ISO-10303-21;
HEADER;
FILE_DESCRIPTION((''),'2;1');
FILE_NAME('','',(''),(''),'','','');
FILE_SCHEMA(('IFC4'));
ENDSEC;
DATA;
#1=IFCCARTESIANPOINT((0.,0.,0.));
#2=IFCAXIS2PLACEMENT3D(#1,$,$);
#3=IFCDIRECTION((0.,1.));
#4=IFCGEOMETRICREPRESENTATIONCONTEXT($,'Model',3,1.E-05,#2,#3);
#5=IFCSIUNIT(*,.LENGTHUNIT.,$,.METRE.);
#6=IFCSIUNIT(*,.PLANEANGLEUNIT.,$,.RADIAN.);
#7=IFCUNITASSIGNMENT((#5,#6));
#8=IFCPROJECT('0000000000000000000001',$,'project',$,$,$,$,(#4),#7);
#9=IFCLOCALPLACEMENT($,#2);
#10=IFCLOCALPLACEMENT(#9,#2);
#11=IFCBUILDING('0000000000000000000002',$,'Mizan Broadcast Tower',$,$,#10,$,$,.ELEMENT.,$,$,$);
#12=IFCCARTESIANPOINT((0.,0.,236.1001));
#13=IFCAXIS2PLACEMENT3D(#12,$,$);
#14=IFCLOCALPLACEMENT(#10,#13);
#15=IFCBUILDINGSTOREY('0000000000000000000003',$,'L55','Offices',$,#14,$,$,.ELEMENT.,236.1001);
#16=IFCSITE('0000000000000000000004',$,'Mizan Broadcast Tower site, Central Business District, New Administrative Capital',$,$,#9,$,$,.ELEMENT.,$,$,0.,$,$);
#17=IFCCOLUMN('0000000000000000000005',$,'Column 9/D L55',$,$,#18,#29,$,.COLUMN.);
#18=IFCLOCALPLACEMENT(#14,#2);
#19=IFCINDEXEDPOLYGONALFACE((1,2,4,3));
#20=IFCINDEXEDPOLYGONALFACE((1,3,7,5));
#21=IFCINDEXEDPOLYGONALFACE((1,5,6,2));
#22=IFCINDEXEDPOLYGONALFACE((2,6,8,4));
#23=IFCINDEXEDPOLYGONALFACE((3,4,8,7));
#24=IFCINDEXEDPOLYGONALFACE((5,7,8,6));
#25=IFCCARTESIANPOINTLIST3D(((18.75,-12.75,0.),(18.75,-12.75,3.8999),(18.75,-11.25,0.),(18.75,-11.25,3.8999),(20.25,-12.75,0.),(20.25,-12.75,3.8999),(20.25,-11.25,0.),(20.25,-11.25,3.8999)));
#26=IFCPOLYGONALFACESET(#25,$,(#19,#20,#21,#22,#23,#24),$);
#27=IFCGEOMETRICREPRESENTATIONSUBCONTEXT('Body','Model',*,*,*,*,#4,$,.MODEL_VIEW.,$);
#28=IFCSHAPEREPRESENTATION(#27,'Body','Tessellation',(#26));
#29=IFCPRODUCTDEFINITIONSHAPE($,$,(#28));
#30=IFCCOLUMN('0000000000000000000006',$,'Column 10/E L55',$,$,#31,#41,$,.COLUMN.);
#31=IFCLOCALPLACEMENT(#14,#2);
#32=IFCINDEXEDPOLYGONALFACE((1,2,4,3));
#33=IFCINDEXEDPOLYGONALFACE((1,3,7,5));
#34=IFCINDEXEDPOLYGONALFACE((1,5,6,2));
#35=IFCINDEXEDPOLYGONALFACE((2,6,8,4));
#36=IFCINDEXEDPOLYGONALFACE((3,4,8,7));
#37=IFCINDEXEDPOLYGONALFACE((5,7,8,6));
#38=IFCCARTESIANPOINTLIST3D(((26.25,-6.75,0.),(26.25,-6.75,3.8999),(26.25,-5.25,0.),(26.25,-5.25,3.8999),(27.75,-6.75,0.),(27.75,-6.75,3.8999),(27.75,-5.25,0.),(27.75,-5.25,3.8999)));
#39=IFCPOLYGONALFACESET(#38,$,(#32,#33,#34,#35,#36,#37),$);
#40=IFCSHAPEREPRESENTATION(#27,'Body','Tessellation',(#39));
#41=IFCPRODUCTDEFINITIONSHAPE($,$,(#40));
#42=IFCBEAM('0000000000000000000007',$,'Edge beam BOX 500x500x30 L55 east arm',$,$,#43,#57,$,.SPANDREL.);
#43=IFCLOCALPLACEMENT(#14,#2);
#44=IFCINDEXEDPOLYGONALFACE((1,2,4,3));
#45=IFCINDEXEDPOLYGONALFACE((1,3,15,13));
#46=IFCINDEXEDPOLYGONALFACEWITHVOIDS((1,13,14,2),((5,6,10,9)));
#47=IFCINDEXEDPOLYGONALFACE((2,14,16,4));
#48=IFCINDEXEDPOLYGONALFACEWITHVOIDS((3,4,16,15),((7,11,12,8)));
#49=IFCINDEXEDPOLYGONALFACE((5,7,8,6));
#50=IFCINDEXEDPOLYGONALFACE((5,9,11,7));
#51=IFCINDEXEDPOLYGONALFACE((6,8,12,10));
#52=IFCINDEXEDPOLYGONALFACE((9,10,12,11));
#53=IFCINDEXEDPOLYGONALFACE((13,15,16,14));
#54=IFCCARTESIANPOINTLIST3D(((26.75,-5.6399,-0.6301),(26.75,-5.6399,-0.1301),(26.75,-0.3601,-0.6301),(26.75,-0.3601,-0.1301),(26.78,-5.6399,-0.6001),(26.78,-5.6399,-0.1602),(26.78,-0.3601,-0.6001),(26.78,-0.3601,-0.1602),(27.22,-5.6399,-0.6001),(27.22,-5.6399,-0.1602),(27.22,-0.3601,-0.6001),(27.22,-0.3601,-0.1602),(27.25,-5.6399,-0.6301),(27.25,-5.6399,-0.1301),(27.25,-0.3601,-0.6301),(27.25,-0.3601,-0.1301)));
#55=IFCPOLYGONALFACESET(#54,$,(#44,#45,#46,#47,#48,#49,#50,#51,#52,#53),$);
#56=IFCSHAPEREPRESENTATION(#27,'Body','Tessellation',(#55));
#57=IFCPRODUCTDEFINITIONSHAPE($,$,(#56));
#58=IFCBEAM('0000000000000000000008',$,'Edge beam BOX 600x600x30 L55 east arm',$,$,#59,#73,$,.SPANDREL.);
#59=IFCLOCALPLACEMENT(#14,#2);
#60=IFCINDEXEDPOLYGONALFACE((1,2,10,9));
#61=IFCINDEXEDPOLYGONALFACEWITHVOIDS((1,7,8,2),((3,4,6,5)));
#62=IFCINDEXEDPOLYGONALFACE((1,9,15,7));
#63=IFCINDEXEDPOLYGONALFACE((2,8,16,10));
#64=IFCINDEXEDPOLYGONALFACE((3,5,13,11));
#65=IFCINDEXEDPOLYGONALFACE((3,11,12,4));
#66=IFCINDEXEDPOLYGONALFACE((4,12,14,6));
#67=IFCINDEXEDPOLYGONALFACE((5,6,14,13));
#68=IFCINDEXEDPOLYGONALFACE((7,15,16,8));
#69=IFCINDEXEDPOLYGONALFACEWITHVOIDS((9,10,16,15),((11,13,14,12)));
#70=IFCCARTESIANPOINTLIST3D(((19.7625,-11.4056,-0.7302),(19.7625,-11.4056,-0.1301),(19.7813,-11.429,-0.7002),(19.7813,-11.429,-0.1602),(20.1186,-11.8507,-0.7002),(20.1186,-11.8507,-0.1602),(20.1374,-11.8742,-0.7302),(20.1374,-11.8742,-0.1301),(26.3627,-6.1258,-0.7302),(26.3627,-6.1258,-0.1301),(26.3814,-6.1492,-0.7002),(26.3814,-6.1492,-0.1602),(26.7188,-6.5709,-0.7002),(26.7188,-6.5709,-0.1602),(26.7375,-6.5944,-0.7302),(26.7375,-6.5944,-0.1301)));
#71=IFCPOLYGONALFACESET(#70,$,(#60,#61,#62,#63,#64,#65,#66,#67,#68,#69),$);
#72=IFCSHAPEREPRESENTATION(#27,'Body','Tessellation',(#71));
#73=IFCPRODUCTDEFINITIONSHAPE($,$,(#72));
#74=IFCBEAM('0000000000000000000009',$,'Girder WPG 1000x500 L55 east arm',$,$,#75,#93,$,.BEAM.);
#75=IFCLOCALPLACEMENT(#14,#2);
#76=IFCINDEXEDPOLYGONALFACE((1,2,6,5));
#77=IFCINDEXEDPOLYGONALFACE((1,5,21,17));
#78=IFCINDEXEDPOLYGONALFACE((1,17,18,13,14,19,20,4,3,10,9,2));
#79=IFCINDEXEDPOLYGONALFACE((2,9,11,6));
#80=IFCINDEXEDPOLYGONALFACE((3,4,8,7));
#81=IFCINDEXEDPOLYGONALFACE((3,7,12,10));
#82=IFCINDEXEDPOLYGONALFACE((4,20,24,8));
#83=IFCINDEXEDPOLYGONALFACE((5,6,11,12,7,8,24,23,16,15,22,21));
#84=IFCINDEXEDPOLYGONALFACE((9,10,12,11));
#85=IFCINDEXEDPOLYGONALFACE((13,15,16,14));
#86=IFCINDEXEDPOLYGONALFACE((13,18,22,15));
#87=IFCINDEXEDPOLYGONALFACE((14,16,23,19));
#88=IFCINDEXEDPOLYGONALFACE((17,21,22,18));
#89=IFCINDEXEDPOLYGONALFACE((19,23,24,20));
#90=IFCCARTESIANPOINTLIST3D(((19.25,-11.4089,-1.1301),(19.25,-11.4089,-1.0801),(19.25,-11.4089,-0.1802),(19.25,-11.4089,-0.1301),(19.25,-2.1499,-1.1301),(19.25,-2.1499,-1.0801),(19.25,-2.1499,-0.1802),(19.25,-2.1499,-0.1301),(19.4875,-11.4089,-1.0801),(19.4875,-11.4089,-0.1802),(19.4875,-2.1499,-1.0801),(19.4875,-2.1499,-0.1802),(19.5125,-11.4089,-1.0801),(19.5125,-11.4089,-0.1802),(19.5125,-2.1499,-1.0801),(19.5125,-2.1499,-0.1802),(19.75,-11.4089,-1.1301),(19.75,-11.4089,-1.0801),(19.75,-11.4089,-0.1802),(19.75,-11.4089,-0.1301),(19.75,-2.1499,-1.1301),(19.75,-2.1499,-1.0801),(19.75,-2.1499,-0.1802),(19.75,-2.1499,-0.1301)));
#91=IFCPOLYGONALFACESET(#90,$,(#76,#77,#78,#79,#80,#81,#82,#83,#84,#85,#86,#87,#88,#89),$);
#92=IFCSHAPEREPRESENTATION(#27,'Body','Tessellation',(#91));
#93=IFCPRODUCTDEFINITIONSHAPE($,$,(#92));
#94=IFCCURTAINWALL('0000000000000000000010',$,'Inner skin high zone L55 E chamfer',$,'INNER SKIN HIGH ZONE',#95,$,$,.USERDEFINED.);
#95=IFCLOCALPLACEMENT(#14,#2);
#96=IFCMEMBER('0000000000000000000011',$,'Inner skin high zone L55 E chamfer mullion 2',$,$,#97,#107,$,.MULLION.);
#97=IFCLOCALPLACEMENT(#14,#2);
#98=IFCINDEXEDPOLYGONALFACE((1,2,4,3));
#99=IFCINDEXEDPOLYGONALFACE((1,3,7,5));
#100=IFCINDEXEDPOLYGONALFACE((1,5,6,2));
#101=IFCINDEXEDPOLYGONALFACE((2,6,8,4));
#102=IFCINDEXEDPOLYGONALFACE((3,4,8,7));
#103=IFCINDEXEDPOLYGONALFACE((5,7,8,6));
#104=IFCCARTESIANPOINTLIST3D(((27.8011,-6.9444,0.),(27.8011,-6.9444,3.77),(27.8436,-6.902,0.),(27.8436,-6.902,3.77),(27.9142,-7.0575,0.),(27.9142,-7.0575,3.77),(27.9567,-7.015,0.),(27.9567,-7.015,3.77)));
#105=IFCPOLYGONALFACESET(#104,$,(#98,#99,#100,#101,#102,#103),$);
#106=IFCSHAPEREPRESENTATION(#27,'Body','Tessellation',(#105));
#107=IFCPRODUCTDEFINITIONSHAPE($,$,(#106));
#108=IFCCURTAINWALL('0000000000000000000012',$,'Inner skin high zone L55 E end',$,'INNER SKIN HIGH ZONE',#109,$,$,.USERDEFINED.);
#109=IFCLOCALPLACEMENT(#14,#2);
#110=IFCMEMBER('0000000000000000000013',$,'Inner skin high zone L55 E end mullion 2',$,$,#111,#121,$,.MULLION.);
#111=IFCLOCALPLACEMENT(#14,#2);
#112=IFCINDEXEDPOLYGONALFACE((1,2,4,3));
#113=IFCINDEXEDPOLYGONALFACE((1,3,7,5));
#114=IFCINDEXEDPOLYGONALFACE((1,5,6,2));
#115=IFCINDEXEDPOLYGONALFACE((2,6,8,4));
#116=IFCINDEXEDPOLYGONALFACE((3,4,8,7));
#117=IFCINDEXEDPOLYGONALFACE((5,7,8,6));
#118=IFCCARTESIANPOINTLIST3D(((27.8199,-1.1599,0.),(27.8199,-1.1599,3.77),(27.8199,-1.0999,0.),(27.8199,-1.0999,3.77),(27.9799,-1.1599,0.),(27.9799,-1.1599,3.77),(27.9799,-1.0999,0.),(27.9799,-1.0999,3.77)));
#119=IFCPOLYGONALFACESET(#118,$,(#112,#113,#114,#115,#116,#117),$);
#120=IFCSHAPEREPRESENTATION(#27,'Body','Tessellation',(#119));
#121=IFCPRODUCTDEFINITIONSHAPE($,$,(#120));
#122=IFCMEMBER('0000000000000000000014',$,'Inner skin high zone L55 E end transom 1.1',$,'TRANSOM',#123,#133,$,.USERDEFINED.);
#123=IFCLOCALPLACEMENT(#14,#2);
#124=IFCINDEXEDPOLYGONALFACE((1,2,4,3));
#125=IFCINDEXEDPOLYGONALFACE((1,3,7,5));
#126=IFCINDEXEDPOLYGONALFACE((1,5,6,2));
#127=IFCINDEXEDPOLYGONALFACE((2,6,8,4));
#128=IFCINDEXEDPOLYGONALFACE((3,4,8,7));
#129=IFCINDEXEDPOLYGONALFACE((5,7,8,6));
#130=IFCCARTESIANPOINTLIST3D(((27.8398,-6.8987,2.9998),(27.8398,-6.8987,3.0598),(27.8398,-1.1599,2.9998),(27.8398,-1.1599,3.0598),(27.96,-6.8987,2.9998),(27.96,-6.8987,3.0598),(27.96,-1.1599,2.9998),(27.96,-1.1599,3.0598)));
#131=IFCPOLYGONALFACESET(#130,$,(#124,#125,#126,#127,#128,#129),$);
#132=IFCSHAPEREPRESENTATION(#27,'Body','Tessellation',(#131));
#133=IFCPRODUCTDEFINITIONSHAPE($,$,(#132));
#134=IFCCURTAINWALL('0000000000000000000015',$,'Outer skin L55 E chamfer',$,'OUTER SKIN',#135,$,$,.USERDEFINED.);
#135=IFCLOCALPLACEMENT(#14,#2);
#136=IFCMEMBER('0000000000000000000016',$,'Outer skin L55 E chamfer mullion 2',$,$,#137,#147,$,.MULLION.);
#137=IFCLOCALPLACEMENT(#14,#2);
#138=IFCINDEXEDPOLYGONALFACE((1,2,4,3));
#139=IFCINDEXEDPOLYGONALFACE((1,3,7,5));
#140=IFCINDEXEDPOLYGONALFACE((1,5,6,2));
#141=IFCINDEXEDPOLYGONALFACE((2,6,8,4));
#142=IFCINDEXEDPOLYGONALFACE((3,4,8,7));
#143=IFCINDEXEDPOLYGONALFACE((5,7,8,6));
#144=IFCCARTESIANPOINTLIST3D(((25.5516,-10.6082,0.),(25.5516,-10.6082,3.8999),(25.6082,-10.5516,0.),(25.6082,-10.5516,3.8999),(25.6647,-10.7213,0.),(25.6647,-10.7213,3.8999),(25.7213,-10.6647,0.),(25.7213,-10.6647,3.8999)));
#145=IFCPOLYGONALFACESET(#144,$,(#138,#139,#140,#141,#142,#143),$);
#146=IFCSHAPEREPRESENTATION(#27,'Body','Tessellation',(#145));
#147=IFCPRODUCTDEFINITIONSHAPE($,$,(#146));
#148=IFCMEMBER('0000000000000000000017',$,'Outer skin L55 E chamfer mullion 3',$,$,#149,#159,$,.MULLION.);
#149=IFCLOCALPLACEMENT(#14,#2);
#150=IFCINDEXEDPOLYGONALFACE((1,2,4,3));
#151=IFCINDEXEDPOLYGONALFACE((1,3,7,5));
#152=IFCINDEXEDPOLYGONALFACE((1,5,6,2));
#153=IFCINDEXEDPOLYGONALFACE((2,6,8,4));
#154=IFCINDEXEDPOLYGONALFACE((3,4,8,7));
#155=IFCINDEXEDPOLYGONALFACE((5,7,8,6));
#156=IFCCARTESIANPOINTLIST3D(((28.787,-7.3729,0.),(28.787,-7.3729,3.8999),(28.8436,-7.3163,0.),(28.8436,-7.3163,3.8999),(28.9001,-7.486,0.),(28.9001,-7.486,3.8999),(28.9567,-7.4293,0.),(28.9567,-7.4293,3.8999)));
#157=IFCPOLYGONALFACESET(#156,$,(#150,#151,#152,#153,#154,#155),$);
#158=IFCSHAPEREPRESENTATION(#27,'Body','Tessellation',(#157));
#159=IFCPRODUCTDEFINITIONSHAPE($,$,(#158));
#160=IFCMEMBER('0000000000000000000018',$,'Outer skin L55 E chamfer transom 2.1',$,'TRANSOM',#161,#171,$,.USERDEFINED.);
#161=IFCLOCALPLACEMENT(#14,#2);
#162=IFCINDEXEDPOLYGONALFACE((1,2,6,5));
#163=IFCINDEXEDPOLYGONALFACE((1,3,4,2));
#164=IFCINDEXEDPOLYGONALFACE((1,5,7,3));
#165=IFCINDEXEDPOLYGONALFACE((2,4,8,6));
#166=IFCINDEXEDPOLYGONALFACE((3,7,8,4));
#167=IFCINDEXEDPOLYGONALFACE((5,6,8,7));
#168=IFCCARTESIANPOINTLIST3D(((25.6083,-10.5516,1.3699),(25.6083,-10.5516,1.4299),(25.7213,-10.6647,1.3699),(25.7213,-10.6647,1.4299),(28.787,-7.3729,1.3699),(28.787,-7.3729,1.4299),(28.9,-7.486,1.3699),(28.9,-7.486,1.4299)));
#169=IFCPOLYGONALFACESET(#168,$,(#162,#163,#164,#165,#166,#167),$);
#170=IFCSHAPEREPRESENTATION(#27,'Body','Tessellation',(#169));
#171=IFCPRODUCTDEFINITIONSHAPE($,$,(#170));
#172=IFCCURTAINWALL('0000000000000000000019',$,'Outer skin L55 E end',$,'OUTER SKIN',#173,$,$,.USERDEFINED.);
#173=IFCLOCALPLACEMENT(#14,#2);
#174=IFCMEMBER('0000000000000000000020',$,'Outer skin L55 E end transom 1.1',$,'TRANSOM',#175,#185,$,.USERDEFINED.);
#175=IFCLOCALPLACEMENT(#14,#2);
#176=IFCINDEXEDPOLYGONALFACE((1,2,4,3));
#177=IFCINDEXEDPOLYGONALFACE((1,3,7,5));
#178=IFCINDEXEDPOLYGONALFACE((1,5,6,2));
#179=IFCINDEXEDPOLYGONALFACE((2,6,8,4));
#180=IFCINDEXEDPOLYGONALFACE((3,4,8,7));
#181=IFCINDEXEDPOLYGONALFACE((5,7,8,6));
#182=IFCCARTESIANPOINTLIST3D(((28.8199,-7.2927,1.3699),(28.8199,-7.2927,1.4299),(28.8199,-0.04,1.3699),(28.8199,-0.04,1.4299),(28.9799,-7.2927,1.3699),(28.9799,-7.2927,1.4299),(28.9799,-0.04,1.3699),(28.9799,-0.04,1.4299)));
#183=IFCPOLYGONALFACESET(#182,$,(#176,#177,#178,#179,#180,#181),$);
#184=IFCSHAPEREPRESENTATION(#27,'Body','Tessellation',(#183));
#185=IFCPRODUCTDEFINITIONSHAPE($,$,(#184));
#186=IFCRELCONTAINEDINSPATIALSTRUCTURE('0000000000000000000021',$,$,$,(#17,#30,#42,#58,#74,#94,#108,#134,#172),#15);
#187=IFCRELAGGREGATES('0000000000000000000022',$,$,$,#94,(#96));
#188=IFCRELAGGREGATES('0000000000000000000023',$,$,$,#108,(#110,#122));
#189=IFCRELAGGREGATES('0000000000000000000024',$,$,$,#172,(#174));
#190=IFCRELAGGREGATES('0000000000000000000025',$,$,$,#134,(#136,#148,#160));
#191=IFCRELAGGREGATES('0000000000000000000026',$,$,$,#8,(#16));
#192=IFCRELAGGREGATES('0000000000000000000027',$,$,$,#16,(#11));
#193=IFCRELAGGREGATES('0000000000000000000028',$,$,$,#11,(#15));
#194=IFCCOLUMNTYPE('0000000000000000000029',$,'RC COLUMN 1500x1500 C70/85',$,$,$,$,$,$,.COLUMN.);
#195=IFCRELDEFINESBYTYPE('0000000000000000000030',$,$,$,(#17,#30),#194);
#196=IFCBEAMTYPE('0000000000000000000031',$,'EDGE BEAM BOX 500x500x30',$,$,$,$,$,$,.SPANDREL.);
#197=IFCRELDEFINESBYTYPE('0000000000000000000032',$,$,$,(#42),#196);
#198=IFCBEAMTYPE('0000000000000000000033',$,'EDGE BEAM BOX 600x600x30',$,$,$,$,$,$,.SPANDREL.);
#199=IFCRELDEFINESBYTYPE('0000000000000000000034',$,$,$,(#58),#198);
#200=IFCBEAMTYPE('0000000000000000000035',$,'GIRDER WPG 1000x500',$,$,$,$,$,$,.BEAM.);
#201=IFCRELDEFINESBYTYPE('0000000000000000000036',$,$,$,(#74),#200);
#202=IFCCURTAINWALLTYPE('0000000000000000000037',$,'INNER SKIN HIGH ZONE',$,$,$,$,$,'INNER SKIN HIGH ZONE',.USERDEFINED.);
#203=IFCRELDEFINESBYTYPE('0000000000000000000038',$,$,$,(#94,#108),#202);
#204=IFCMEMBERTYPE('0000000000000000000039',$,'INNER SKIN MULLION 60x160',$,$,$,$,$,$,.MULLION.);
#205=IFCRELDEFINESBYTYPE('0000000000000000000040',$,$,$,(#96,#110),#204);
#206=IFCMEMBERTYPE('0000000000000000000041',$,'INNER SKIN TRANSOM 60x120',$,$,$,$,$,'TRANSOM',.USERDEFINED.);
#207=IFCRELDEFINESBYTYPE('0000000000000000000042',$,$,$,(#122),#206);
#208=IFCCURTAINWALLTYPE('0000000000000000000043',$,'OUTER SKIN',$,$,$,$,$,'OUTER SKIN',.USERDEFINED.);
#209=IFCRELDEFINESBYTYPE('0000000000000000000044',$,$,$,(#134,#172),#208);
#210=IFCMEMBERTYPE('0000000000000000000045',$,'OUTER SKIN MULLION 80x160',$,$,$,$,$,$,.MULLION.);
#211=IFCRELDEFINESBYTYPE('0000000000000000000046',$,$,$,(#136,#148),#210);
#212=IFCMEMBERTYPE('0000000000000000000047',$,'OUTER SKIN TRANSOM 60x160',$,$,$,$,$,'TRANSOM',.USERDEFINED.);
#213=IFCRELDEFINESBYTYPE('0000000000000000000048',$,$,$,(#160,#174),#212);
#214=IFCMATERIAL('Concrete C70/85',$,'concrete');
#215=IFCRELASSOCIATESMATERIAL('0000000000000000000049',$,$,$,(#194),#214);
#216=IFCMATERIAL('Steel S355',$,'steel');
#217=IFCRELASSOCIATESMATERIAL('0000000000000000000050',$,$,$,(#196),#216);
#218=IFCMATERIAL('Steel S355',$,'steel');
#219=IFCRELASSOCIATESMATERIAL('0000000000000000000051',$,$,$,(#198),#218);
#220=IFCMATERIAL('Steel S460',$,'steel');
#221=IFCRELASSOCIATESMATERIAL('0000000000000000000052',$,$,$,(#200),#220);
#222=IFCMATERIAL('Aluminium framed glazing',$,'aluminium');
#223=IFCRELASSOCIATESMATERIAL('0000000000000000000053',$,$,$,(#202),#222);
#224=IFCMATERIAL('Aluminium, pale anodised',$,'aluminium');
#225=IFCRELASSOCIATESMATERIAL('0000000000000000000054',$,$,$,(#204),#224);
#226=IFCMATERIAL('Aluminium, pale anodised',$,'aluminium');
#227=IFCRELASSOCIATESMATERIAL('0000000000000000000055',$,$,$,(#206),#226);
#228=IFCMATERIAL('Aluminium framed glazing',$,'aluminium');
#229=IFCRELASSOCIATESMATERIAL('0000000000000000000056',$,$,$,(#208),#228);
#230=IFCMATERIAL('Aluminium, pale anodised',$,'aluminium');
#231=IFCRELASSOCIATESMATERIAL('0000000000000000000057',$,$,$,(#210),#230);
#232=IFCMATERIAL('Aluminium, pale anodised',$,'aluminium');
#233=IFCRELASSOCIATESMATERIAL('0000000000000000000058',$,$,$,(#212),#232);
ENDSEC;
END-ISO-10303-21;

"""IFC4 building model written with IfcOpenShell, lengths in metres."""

from ifc_helpers import new_model, si_unit, direction, frame, origin, origin_2d, place, context, subcontext, project, spatial, rectangle, hollow_rectangle, i_section, extrude, material, material_profile, profile_set, type_object, element, aggregate, save


model = new_model("IFC4")

# Units and contexts
model_context = context("Model", 3, precision=1e-05, world=origin(), true_north=direction((0.0, 1.0)))
body_context = subcontext(model_context, "Body", "Model", "MODEL_VIEW")
ifc_project = project(units=[si_unit("LENGTHUNIT", "METRE"), si_unit("PLANEANGLEUNIT", "RADIAN")], contexts=[model_context])

# Site, building, storey
site_placement = place(None, origin())
site = spatial("IfcSite", under=ifc_project, at=site_placement, Name="Mizan Broadcast Tower site, Central Business District, New Administrative Capital", CompositionType="ELEMENT", RefElevation=0.0)
building_placement = place(site_placement, origin())
building = spatial("IfcBuilding", under=site, at=building_placement, Name="Mizan Broadcast Tower", CompositionType="ELEMENT")
storey_placement = place(building_placement, frame((0.0, 0.0, 236.1001)))
storey = spatial("IfcBuildingStorey", under=building, at=storey_placement, Name="L55", Description="Offices", CompositionType="ELEMENT", Elevation=236.1001)

# Columns
ifc_material_1 = material(Name="Concrete C70/85", Category="concrete")
ifc_material_profile_1 = material_profile(ifc_material_1, rectangle(XDim=1.5, YDim=1.5, at=origin_2d()), Name="RC 1500x1500")
ifc_profile_set_1 = profile_set([ifc_material_profile_1], Name="Concrete C70/85")
column_type = type_object("IfcColumnType", Name="RC COLUMN 1500x1500 C70/85", PredefinedType="COLUMN", material=ifc_profile_set_1)
for number, where, z_axis, x_axis, name in (
    (1, (19.5, -12.0, 0.0), (0.0, 0.0, 1.0), (1.0, 0.0, 0.0), "Column 9/D L55"),
    (2, (27.0, -6.0, 0.0), (0.0, 0.0, 1.0), (1.0, 0.0, 0.0), "Column 10/E L55"),
):
    element("IfcColumn", number, at=place(storey_placement, frame(where, z_axis=z_axis, x_axis=x_axis)), inside=storey, type_object=column_type, Name=name, PredefinedType="COLUMN", context=body_context, shape_type="SweptSolid", body=[
        extrude(rectangle(XDim=1.5, YDim=1.5, at=origin_2d()), origin(), (0.0, 0.0, 1.0), 3.8999),
    ])

# Beams
ifc_material_2 = material(Name="Steel S355", Category="steel")
ifc_material_profile_2 = material_profile(ifc_material_2, hollow_rectangle(XDim=0.5, YDim=0.5, WallThickness=0.03, at=origin_2d()), Name="BOX 500x500x30")
ifc_profile_set_2 = profile_set([ifc_material_profile_2], Name="Steel S355")
beam_type_1 = type_object("IfcBeamType", Name="EDGE BEAM BOX 500x500x30", PredefinedType="SPANDREL", material=ifc_profile_set_2)
beam_1_placement = place(storey_placement, frame((27.0, -5.6399, -0.3801), z_axis=(0.0, 1.0, 0.0), x_axis=(-1.0, 0.0, 0.0)))
element("IfcBeam", 3, at=beam_1_placement, inside=storey, type_object=beam_type_1, Name="Edge beam BOX 500x500x30 L55 east arm", PredefinedType="SPANDREL", context=body_context, shape_type="SweptSolid", body=[
    extrude(hollow_rectangle(XDim=0.5, YDim=0.5, WallThickness=0.03, at=origin_2d()), origin(), (0.0, 0.0, 1.0), 5.2798),
])
ifc_material_3 = material(Name="Steel S355", Category="steel")
ifc_material_profile_3 = material_profile(ifc_material_3, hollow_rectangle(XDim=0.6001, YDim=0.6001, WallThickness=0.03, at=origin_2d()), Name="BOX 600x600x30")
ifc_profile_set_3 = profile_set([ifc_material_profile_3], Name="Steel S355")
beam_type_2 = type_object("IfcBeamType", Name="EDGE BEAM BOX 600x600x30", PredefinedType="SPANDREL", material=ifc_profile_set_3)
beam_2_placement = place(storey_placement, frame((19.95, -11.6399, -0.4302), z_axis=(0.780886, 0.624674, 0.0), x_axis=(-0.624674, 0.780886, 0.0)))
element("IfcBeam", 4, at=beam_2_placement, inside=storey, type_object=beam_type_2, Name="Edge beam BOX 600x600x30 L55 east arm", PredefinedType="SPANDREL", context=body_context, shape_type="SweptSolid", body=[
    extrude(hollow_rectangle(XDim=0.6001, YDim=0.6001, WallThickness=0.03, at=origin_2d()), origin(), (0.0, 0.0, 1.0), 8.4521),
])
ifc_material_4 = material(Name="Steel S460", Category="steel")
ifc_material_profile_4 = material_profile(ifc_material_4, i_section(OverallWidth=0.5, OverallDepth=1.0, WebThickness=0.0249, FlangeThickness=0.05, at=origin_2d()), Name="WPG 1000x500")
ifc_profile_set_4 = profile_set([ifc_material_profile_4], Name="Steel S460")
beam_type_3 = type_object("IfcBeamType", Name="GIRDER WPG 1000x500", PredefinedType="BEAM", material=ifc_profile_set_4)
beam_3_placement = place(storey_placement, frame((19.5, -11.4089, -0.6301), z_axis=(0.0, 1.0, 0.0), x_axis=(-1.0, 0.0, 0.0)))
element("IfcBeam", 5, at=beam_3_placement, inside=storey, type_object=beam_type_3, Name="Girder WPG 1000x500 L55 east arm", PredefinedType="BEAM", context=body_context, shape_type="SweptSolid", body=[
    extrude(i_section(OverallWidth=0.5, OverallDepth=1.0, WebThickness=0.0249, FlangeThickness=0.05, at=origin_2d()), origin(), (0.0, 0.0, 1.0), 9.259),
])

# Curtain wall, member
ifc_material_5 = material(Name="Aluminium framed glazing", Category="aluminium")
curtain_wall_type_1 = type_object("IfcCurtainWallType", Name="INNER SKIN HIGH ZONE", ElementType="INNER SKIN HIGH ZONE", PredefinedType="USERDEFINED", material=ifc_material_5)
curtain_wall_1_placement = place(storey_placement, origin())
curtain_wall_1 = element("IfcCurtainWall", 6, at=curtain_wall_1_placement, inside=storey, type_object=curtain_wall_type_1, Name="Inner skin high zone L55 E chamfer", ObjectType="INNER SKIN HIGH ZONE", PredefinedType="USERDEFINED")
ifc_material_6 = material(Name="Aluminium, pale anodised", Category="aluminium")
ifc_material_profile_5 = material_profile(ifc_material_6, rectangle(XDim=0.1599, YDim=0.0601, at=origin_2d()), Name="MULLION 160x60")
ifc_profile_set_5 = profile_set([ifc_material_profile_5], Name="Aluminium, pale anodised")
member_type_1 = type_object("IfcMemberType", Name="INNER SKIN MULLION 60x160", PredefinedType="MULLION", material=ifc_profile_set_5)
member_1_placement = place(storey_placement, frame((27.8789, -6.9797, 0.0), z_axis=(0.0, 0.0, 1.0), x_axis=(-0.707107, 0.707107, 0.0)))
member_1 = element("IfcMember", 7, at=member_1_placement, type_object=member_type_1, Name="Inner skin high zone L55 E chamfer mullion 2", PredefinedType="MULLION", context=body_context, shape_type="SweptSolid", body=[
    extrude(rectangle(XDim=0.1599, YDim=0.0601, at=origin_2d()), origin(), (0.0, 0.0, 1.0), 3.77),
])

# Curtain walls, members
curtain_wall_2_placement = place(storey_placement, origin())
curtain_wall_2 = element("IfcCurtainWall", 8, at=curtain_wall_2_placement, inside=storey, type_object=curtain_wall_type_1, Name="Inner skin high zone L55 E end", ObjectType="INNER SKIN HIGH ZONE", PredefinedType="USERDEFINED")
member_2_placement = place(storey_placement, frame((27.8999, -1.1299, 0.0), z_axis=(0.0, 0.0, 1.0), x_axis=(-1.0, 0.0, 0.0)))
member_2 = element("IfcMember", 9, at=member_2_placement, type_object=member_type_1, Name="Inner skin high zone L55 E end mullion 2", PredefinedType="MULLION", context=body_context, shape_type="SweptSolid", body=[
    extrude(rectangle(XDim=0.1599, YDim=0.0601, at=origin_2d()), origin(), (0.0, 0.0, 1.0), 3.77),
])
ifc_material_7 = material(Name="Aluminium, pale anodised", Category="aluminium")
ifc_material_profile_6 = material_profile(ifc_material_7, rectangle(XDim=0.1201, YDim=0.0601, at=origin_2d()), Name="TRANSOM 120x60")
ifc_profile_set_6 = profile_set([ifc_material_profile_6], Name="Aluminium, pale anodised")
member_type_2 = type_object("IfcMemberType", Name="INNER SKIN TRANSOM 60x120", ElementType="TRANSOM", PredefinedType="USERDEFINED", material=ifc_profile_set_6)
member_3_placement = place(storey_placement, frame((27.8999, -6.8987, 3.0298), z_axis=(0.0, 1.0, 0.0), x_axis=(-1.0, 0.0, 0.0)))
member_3 = element("IfcMember", 10, at=member_3_placement, type_object=member_type_2, Name="Inner skin high zone L55 E end transom 1.1", ObjectType="TRANSOM", PredefinedType="USERDEFINED", context=body_context, shape_type="SweptSolid", body=[
    extrude(rectangle(XDim=0.1201, YDim=0.0601, at=origin_2d()), origin(), (0.0, 0.0, 1.0), 5.7388),
])
ifc_material_8 = material(Name="Aluminium framed glazing", Category="aluminium")
curtain_wall_type_2 = type_object("IfcCurtainWallType", Name="OUTER SKIN", ElementType="OUTER SKIN", PredefinedType="USERDEFINED", material=ifc_material_8)
curtain_wall_3_placement = place(storey_placement, origin())
curtain_wall_3 = element("IfcCurtainWall", 11, at=curtain_wall_3_placement, inside=storey, type_object=curtain_wall_type_2, Name="Outer skin L55 E chamfer", ObjectType="OUTER SKIN", PredefinedType="USERDEFINED")
ifc_material_9 = material(Name="Aluminium, pale anodised", Category="aluminium")
ifc_material_profile_7 = material_profile(ifc_material_9, rectangle(XDim=0.1599, YDim=0.0801, at=origin_2d()), Name="MULLION 160x80")
ifc_profile_set_7 = profile_set([ifc_material_profile_7], Name="Aluminium, pale anodised")
member_type_3 = type_object("IfcMemberType", Name="OUTER SKIN MULLION 80x160", PredefinedType="MULLION", material=ifc_profile_set_7)
member_4_placement = place(storey_placement, frame((25.6365, -10.6365, 0.0), z_axis=(0.0, 0.0, 1.0), x_axis=(-0.707107, 0.707107, 0.0)))
member_4 = element("IfcMember", 12, at=member_4_placement, type_object=member_type_3, Name="Outer skin L55 E chamfer mullion 2", PredefinedType="MULLION", context=body_context, shape_type="SweptSolid", body=[
    extrude(rectangle(XDim=0.1599, YDim=0.0801, at=origin_2d()), origin(), (0.0, 0.0, 1.0), 3.8999),
])
member_5_placement = place(storey_placement, frame((28.8718, -7.4011, 0.0), z_axis=(0.0, 0.0, 1.0), x_axis=(-0.707107, 0.707107, 0.0)))
member_5 = element("IfcMember", 13, at=member_5_placement, type_object=member_type_3, Name="Outer skin L55 E chamfer mullion 3", PredefinedType="MULLION", context=body_context, shape_type="SweptSolid", body=[
    extrude(rectangle(XDim=0.1599, YDim=0.0801, at=origin_2d()), origin(), (0.0, 0.0, 1.0), 3.8999),
])
ifc_material_10 = material(Name="Aluminium, pale anodised", Category="aluminium")
ifc_material_profile_8 = material_profile(ifc_material_10, rectangle(XDim=0.1599, YDim=0.0601, at=origin_2d()), Name="TRANSOM 160x60")
ifc_profile_set_8 = profile_set([ifc_material_profile_8], Name="Aluminium, pale anodised")
member_type_4 = type_object("IfcMemberType", Name="OUTER SKIN TRANSOM 60x160", ElementType="TRANSOM", PredefinedType="USERDEFINED", material=ifc_profile_set_8)
member_6_placement = place(storey_placement, frame((25.6648, -10.6082, 1.3999), z_axis=(0.707107, 0.707107, 0.0), x_axis=(-0.707107, 0.707107, 0.0)))
member_6 = element("IfcMember", 14, at=member_6_placement, type_object=member_type_4, Name="Outer skin L55 E chamfer transom 2.1", ObjectType="TRANSOM", PredefinedType="USERDEFINED", context=body_context, shape_type="SweptSolid", body=[
    extrude(rectangle(XDim=0.1599, YDim=0.0601, at=origin_2d()), origin(), (0.0, 0.0, 1.0), 4.4954),
])

# Curtain wall, member
curtain_wall_4_placement = place(storey_placement, origin())
curtain_wall_4 = element("IfcCurtainWall", 15, at=curtain_wall_4_placement, inside=storey, type_object=curtain_wall_type_2, Name="Outer skin L55 E end", ObjectType="OUTER SKIN", PredefinedType="USERDEFINED")
member_7_placement = place(storey_placement, frame((28.8999, -7.2927, 1.3999), z_axis=(0.0, 1.0, 0.0), x_axis=(-1.0, 0.0, 0.0)))
member_7 = element("IfcMember", 16, at=member_7_placement, type_object=member_type_4, Name="Outer skin L55 E end transom 1.1", ObjectType="TRANSOM", PredefinedType="USERDEFINED", context=body_context, shape_type="SweptSolid", body=[
    extrude(rectangle(XDim=0.1599, YDim=0.0601, at=origin_2d()), origin(), (0.0, 0.0, 1.0), 7.2527),
])

aggregate(curtain_wall_1, [member_1])
aggregate(curtain_wall_2, [member_2, member_3])
aggregate(curtain_wall_4, [member_7])
aggregate(curtain_wall_3, [member_4, member_5, member_6])

save(model, "model.ifc")
